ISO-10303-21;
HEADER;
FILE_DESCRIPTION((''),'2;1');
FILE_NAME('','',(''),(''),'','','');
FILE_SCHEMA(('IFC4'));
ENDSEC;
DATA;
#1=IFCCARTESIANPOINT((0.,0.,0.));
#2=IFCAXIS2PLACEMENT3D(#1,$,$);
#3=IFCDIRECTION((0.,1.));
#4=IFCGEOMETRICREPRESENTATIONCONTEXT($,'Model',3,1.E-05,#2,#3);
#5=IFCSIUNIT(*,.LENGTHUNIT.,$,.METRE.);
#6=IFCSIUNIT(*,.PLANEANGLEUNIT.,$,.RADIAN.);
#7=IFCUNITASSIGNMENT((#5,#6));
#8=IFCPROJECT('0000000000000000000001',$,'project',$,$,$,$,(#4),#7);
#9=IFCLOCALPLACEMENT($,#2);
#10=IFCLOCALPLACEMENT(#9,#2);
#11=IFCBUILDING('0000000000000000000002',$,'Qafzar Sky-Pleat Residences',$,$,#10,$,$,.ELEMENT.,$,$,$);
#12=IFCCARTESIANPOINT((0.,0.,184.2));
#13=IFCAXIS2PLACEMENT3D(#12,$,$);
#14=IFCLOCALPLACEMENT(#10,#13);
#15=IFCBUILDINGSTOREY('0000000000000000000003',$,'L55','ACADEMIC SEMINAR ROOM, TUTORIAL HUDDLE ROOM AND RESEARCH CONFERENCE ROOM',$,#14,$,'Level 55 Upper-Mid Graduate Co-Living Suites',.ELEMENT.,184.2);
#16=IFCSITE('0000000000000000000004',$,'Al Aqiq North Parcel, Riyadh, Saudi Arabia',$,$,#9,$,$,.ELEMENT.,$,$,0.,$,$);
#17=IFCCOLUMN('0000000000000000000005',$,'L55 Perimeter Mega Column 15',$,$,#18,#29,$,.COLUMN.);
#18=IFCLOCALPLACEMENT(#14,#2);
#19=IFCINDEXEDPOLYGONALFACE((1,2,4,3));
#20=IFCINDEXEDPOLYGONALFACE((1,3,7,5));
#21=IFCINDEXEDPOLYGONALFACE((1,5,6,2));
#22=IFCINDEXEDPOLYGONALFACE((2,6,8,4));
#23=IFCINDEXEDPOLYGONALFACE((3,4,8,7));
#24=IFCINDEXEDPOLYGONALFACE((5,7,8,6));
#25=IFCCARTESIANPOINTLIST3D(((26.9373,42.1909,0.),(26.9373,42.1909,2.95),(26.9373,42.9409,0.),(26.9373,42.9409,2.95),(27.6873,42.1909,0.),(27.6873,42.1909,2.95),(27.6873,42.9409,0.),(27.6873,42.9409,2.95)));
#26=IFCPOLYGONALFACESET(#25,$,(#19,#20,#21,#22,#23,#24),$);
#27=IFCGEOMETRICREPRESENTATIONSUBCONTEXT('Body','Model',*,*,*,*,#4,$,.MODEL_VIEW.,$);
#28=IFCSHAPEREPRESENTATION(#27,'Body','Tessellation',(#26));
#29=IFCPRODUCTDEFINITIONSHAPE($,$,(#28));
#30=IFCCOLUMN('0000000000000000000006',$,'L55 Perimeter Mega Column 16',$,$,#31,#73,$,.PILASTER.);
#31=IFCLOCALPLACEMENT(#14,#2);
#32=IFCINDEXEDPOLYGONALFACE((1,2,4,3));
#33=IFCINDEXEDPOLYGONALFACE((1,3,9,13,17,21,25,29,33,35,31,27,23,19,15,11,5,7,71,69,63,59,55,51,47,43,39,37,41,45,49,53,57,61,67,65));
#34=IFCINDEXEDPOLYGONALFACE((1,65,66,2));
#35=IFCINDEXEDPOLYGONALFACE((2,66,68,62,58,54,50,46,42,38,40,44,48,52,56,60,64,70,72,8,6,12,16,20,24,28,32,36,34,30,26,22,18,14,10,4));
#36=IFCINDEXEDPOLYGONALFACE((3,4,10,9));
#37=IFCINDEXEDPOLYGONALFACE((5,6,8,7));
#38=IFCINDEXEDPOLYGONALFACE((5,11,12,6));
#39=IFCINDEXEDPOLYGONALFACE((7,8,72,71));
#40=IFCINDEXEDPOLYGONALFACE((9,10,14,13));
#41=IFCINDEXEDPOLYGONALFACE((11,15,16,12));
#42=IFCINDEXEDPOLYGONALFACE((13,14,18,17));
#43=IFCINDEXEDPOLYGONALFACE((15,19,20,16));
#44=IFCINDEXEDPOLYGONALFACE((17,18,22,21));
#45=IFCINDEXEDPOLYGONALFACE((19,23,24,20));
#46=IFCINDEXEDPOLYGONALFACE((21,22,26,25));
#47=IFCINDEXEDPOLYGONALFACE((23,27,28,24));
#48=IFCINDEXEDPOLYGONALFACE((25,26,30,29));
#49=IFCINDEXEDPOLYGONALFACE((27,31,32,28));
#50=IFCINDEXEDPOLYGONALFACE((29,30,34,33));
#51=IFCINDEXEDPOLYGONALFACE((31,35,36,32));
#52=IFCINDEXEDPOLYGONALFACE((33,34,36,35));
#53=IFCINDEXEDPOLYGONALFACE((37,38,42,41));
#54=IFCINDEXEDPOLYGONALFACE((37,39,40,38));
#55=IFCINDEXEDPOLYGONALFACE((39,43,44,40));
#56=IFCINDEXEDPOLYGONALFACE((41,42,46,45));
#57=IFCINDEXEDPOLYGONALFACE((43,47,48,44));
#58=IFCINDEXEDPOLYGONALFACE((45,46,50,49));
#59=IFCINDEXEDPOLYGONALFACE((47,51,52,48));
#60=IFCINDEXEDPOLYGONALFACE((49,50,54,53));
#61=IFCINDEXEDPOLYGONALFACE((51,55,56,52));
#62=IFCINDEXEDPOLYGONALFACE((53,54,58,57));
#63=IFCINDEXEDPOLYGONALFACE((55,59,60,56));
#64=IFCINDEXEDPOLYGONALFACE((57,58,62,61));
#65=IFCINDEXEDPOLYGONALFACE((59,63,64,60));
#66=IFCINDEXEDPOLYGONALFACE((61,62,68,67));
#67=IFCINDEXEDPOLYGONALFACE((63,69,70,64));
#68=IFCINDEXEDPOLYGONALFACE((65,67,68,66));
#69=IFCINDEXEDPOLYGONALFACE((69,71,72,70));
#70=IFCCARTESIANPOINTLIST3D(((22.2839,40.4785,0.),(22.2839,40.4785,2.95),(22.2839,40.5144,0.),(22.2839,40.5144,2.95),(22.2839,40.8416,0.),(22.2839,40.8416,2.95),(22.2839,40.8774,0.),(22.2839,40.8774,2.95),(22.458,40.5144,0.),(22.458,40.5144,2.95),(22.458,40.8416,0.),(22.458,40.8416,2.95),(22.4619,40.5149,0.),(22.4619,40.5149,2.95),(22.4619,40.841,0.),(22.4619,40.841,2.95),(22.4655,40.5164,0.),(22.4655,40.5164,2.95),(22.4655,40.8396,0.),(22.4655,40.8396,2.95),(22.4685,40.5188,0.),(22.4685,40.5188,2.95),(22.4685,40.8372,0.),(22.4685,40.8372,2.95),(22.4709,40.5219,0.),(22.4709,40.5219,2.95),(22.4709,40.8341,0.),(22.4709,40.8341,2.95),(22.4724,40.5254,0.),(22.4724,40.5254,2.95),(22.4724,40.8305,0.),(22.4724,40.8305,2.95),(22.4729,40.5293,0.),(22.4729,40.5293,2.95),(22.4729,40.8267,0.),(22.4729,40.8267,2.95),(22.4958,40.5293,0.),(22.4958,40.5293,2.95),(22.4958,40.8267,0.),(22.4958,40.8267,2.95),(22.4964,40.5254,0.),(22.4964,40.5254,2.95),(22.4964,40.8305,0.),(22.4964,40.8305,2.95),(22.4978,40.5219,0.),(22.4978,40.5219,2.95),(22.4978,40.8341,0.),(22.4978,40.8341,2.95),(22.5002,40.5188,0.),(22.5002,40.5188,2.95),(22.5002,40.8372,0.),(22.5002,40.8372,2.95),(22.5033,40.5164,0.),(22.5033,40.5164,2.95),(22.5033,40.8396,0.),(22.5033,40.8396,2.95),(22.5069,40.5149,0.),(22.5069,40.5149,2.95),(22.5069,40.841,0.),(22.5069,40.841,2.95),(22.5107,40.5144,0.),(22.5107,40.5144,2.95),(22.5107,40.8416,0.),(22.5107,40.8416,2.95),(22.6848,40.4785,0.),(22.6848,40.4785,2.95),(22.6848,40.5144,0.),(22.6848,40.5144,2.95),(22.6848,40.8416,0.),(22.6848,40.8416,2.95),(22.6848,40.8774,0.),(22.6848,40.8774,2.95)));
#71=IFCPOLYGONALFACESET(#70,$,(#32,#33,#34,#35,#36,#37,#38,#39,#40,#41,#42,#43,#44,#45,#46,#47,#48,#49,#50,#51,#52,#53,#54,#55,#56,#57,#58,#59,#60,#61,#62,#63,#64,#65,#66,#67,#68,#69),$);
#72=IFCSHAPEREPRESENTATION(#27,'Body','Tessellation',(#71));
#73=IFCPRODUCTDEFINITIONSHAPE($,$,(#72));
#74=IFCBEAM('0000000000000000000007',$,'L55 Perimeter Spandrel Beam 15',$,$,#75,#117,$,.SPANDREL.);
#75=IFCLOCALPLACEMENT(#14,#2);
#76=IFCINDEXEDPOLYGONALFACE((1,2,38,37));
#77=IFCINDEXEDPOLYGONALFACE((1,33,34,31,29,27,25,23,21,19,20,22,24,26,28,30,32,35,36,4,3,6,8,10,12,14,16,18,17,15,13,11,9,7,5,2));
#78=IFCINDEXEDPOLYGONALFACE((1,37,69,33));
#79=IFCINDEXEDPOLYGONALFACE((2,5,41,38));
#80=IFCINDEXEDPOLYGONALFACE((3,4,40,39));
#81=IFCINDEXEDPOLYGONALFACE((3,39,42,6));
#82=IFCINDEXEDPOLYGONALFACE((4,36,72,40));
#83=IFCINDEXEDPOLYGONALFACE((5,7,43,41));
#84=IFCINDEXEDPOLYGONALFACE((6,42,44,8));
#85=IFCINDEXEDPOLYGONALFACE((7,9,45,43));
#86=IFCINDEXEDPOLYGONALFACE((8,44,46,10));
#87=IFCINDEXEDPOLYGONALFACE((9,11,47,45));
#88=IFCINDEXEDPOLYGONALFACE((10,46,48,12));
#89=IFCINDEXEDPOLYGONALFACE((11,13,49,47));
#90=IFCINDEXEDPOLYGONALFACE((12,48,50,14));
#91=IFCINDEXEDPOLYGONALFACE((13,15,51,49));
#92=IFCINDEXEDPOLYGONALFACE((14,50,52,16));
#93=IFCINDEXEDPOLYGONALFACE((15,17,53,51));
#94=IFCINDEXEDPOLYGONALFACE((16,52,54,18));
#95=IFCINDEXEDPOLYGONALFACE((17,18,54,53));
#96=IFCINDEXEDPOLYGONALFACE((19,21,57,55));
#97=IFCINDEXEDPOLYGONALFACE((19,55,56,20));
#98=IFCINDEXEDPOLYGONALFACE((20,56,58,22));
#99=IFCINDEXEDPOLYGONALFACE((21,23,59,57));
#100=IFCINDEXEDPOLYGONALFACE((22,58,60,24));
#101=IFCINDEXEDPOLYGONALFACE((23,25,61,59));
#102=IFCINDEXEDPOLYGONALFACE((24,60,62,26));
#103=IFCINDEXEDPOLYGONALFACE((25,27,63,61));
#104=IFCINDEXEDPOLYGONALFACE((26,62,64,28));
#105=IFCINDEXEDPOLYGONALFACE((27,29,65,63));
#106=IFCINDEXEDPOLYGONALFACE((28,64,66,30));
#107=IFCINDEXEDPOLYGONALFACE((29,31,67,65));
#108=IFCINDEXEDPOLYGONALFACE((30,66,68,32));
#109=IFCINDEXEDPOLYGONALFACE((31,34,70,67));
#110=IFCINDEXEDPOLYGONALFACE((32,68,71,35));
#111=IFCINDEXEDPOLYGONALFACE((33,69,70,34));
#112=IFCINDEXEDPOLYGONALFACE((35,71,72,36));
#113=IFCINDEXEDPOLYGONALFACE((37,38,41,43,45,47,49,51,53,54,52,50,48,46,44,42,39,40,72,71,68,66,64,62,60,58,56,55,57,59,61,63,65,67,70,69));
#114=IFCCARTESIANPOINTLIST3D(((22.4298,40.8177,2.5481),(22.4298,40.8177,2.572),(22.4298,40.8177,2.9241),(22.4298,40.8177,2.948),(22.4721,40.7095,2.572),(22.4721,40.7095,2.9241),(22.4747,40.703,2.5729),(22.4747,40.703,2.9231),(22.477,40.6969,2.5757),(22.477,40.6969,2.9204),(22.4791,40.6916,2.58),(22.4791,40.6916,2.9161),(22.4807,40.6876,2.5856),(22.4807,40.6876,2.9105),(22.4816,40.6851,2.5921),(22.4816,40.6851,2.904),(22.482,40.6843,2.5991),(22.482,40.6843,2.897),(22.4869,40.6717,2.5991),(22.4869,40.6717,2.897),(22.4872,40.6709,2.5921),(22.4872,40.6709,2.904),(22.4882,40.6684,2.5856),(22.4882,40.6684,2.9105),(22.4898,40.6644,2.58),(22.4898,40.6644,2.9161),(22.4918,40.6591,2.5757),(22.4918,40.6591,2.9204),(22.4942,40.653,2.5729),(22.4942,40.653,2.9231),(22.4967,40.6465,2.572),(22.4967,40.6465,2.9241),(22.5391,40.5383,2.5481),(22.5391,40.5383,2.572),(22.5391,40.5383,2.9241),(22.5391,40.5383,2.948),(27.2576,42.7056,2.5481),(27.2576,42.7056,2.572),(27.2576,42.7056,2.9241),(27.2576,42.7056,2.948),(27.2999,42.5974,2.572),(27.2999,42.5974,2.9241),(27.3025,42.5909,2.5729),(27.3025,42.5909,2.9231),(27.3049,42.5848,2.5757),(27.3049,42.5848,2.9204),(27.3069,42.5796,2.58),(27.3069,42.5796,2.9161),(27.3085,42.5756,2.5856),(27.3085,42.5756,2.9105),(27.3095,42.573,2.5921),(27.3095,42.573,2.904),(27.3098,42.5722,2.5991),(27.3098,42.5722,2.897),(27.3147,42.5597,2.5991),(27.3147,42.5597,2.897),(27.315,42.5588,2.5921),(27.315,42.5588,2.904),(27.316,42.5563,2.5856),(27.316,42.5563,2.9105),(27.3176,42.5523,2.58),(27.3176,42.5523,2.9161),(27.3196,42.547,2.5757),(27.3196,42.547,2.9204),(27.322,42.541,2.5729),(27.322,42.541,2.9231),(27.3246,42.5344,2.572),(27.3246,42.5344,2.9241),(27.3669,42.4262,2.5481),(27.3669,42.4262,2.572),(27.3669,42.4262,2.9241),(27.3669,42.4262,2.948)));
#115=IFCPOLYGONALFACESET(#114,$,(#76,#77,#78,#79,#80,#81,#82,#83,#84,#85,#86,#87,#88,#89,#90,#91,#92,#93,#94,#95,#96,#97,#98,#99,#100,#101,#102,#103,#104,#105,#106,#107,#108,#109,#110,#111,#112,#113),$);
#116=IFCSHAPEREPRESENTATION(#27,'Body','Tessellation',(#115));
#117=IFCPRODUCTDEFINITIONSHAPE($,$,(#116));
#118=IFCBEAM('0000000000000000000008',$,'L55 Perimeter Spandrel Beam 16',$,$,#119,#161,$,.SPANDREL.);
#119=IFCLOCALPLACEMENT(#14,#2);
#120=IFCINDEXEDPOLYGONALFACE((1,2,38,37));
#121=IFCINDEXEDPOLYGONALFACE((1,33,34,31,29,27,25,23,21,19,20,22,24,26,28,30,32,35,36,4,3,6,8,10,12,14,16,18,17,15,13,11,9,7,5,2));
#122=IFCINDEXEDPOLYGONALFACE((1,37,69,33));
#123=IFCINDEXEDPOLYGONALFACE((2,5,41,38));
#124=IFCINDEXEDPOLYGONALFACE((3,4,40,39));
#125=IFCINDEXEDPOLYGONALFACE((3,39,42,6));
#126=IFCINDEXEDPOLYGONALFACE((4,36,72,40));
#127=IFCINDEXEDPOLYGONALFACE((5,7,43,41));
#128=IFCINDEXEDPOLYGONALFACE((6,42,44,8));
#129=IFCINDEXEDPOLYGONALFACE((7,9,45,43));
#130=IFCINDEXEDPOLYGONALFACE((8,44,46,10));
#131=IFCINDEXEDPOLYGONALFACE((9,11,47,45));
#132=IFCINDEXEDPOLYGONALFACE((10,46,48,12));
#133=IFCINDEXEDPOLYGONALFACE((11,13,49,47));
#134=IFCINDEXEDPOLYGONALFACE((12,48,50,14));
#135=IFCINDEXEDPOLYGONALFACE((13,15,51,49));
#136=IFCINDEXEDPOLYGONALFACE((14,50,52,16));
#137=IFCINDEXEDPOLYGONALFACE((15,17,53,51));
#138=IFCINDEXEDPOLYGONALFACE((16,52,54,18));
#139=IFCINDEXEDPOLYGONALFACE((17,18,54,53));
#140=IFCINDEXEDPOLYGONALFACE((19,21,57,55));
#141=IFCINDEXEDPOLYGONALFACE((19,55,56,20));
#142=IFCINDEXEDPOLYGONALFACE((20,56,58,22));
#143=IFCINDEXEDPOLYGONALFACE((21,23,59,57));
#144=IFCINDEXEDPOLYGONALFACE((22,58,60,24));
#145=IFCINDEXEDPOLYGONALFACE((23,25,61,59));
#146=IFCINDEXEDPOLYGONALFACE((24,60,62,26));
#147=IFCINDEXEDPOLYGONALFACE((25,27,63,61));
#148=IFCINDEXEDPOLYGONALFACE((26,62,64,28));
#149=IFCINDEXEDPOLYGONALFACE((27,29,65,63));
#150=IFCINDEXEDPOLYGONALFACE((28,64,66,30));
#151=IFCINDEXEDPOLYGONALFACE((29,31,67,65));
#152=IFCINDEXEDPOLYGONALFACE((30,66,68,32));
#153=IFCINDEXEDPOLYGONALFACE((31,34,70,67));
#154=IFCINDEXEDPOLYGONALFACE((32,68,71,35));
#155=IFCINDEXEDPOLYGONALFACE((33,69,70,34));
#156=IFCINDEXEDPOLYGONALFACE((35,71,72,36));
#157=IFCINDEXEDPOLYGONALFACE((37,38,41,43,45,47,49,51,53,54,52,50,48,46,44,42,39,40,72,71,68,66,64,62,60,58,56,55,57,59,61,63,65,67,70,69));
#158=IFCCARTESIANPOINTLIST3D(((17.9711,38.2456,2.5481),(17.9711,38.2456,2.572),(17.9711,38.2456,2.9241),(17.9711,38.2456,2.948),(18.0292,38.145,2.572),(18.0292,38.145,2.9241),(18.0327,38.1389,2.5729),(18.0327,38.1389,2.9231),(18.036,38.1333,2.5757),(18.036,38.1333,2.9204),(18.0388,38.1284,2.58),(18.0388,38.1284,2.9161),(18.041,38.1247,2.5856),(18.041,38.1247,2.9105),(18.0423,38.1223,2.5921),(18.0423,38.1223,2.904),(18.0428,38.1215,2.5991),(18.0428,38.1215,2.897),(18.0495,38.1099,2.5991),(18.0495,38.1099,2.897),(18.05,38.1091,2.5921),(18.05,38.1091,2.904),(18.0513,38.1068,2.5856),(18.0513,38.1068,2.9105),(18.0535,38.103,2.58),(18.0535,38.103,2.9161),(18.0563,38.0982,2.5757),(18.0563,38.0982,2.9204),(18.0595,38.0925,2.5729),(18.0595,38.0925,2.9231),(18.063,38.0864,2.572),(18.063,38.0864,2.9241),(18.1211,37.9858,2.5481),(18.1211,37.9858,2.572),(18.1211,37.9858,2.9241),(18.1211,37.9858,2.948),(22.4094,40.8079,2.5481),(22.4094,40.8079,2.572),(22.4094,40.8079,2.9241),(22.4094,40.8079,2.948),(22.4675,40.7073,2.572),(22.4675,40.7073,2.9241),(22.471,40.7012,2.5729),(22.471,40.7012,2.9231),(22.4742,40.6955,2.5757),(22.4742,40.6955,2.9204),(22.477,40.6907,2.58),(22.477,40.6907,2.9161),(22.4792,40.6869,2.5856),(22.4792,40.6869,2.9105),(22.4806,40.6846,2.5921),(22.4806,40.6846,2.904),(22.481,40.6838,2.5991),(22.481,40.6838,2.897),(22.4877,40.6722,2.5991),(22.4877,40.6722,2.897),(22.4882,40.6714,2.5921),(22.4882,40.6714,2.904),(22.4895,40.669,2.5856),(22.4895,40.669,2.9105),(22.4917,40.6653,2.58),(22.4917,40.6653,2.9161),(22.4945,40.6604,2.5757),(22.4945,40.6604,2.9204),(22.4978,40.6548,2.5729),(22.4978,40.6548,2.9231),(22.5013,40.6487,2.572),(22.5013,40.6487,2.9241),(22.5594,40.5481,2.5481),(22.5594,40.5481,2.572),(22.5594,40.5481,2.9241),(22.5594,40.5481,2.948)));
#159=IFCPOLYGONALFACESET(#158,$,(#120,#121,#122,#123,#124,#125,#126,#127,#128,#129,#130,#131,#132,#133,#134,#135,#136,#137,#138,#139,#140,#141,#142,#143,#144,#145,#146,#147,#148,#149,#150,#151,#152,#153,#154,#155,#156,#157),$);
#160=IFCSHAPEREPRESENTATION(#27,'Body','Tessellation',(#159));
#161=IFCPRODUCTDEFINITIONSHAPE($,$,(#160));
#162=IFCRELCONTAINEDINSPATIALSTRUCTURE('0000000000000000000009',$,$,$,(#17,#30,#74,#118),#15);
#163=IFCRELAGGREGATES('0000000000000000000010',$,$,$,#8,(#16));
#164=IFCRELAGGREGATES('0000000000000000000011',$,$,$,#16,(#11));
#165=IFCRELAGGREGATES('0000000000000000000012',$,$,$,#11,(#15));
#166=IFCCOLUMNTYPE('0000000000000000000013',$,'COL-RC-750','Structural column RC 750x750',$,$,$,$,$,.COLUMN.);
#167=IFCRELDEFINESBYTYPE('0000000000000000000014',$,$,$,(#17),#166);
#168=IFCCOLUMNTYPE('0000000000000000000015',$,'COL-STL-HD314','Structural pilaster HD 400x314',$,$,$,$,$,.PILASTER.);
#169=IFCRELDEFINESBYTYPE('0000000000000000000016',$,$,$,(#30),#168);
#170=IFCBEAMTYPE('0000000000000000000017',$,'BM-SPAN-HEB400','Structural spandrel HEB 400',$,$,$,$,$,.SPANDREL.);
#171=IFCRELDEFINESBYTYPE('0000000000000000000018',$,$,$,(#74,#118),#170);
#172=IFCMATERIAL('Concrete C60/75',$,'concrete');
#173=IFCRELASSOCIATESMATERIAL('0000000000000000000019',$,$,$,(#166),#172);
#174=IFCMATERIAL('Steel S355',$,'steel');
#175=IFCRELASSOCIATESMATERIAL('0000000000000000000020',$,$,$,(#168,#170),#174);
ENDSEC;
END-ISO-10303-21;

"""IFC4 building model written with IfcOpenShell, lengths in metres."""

from ifc_helpers import new_model, si_unit, direction, frame, origin, origin_2d, place, context, subcontext, project, spatial, rectangle, i_section, extrude, source, transform, mapped, material, material_profile, profile_set, type_object, element, save


model = new_model("IFC4")

# Units and contexts
model_context = context("Model", 3, precision=1e-05, world=origin(), true_north=direction((0.0, 1.0)))
body_context = subcontext(model_context, "Body", "Model", "MODEL_VIEW")
ifc_project = project(units=[si_unit("LENGTHUNIT", "METRE"), si_unit("PLANEANGLEUNIT", "RADIAN")], contexts=[model_context])

# Site, building, storey
site_placement = place(None, origin())
site = spatial("IfcSite", under=ifc_project, at=site_placement, Name="Al Aqiq North Parcel, Riyadh, Saudi Arabia", CompositionType="ELEMENT", RefElevation=0.0)
building_placement = place(site_placement, origin())
building = spatial("IfcBuilding", under=site, at=building_placement, Name="Qafzar Sky-Pleat Residences", CompositionType="ELEMENT")
storey_placement = place(building_placement, frame((0.0, 0.0, 184.2)))
storey = spatial("IfcBuildingStorey", under=building, at=storey_placement, Name="L55", Description="ACADEMIC SEMINAR ROOM, TUTORIAL HUDDLE ROOM AND RESEARCH CONFERENCE ROOM", LongName="Level 55 Upper-Mid Graduate Co-Living Suites", CompositionType="ELEMENT", Elevation=184.2)

# Columns
ifc_material_1 = material(Name="Concrete C60/75", Category="concrete")
ifc_material_profile_1 = material_profile(ifc_material_1, rectangle(XDim=0.75, YDim=0.75, at=origin_2d()), Name="RC 750x750")
ifc_profile_set_1 = profile_set([ifc_material_profile_1], Name="Concrete C60/75")
column_type_1 = type_object("IfcColumnType", Name="COL-RC-750", Description="Structural column RC 750x750", PredefinedType="COLUMN", material=ifc_profile_set_1)
shared_shape_1 = source(origin(), body_context, "Body", "SweptSolid", [
    extrude(rectangle(XDim=0.75, YDim=0.75, at=origin_2d()), origin(), (0.0, 0.0, 1.0), 2.95),
])
column_1_placement = place(storey_placement, frame((27.3123, 42.5659, 0.0), z_axis=(0.0, 0.0, 1.0), x_axis=(1.0, 0.0, 0.0)))
element("IfcColumn", 1, at=column_1_placement, inside=storey, type_object=column_type_1, Name="L55 Perimeter Mega Column 15", PredefinedType="COLUMN", context=body_context, shape_type="MappedRepresentation", body=[
    mapped(shared_shape_1, transform((0.0, 0.0, 0.0), x_axis=(1.0, 0.0, 0.0), y_axis=(0.0, 1.0, 0.0), z_axis=(0.0, 0.0, 1.0), scale=1.0)),
])
ifc_material_2 = material(Name="Steel S355", Category="steel")
ifc_material_profile_2 = material_profile(ifc_material_2, i_section(OverallWidth=0.4009, OverallDepth=0.3989, WebThickness=0.0229, FlangeThickness=0.0359, FilletRadius=0.0149, at=origin_2d()), Name="HD 400x314")
ifc_profile_set_2 = profile_set([ifc_material_profile_2], Name="Steel S355")
column_type_2 = type_object("IfcColumnType", Name="COL-STL-HD314", Description="Structural pilaster HD 400x314", PredefinedType="PILASTER", material=ifc_profile_set_2)
shared_shape_2 = source(origin(), body_context, "Body", "SweptSolid", [
    extrude(i_section(OverallWidth=0.4009, OverallDepth=0.3989, WebThickness=0.0229, FlangeThickness=0.0359, FilletRadius=0.0149, at=origin_2d()), origin(), (0.0, 0.0, 1.0), 2.95),
])
column_2_placement = place(storey_placement, frame((22.4844, 40.678, 0.0), z_axis=(0.0, 0.0, 1.0), x_axis=(1.0, 0.0, 0.0)))
element("IfcColumn", 2, at=column_2_placement, inside=storey, type_object=column_type_2, Name="L55 Perimeter Mega Column 16", PredefinedType="PILASTER", context=body_context, shape_type="MappedRepresentation", body=[
    mapped(shared_shape_2, transform((0.0, 0.0, 0.0), x_axis=(1.0, 0.0, 0.0), y_axis=(0.0, 1.0, 0.0), z_axis=(0.0, 0.0, 1.0), scale=1.0)),
])

# Beams
ifc_material_profile_3 = material_profile(ifc_material_2, i_section(OverallWidth=0.3, OverallDepth=0.3999, WebThickness=0.0134, FlangeThickness=0.0239, FilletRadius=0.0271, at=origin_2d()), Name="HEB 400")
ifc_profile_set_3 = profile_set([ifc_material_profile_3], Name="Steel S355")
beam_type_1 = type_object("IfcBeamType", Name="BM-SPAN-HEB400", Description="Structural spandrel HEB 400", PredefinedType="SPANDREL", material=ifc_profile_set_3)
shared_shape_3 = source(origin(), body_context, "Body", "SweptSolid", [
    extrude(i_section(OverallWidth=0.3, OverallDepth=0.3999, WebThickness=0.0134, FlangeThickness=0.0239, FilletRadius=0.0271, at=origin_2d()), origin(), (0.0, 0.0, 1.0), 5.1838),
])
beam_1_placement = place(storey_placement, frame((27.3123, 42.5659, 2.748), z_axis=(-0.931323, -0.364193, 0.0), x_axis=(0.364193, -0.931323, 0.0)))
element("IfcBeam", 3, at=beam_1_placement, inside=storey, type_object=beam_type_1, Name="L55 Perimeter Spandrel Beam 15", PredefinedType="SPANDREL", context=body_context, shape_type="MappedRepresentation", body=[
    mapped(shared_shape_3, transform((0.0, 0.0, 0.0), x_axis=(1.0, 0.0, 0.0), y_axis=(0.0, 1.0, 0.0), z_axis=(0.0, 0.0, 1.0), scale=1.0)),
])
shared_shape_4 = source(origin(), body_context, "Body", "SweptSolid", [
    extrude(i_section(OverallWidth=0.3, OverallDepth=0.3999, WebThickness=0.0134, FlangeThickness=0.0239, FilletRadius=0.0271, at=origin_2d()), origin(), (0.0, 0.0, 1.0), 5.1248),
])
beam_2_placement = place(storey_placement, frame((22.4844, 40.678, 2.748), z_axis=(-0.866039, -0.499977, 0.0), x_axis=(0.499977, -0.866039, 0.0)))
element("IfcBeam", 4, at=beam_2_placement, inside=storey, type_object=beam_type_1, Name="L55 Perimeter Spandrel Beam 16", PredefinedType="SPANDREL", context=body_context, shape_type="MappedRepresentation", body=[
    mapped(shared_shape_4, transform((0.0, 0.0, 0.0), x_axis=(1.0, 0.0, 0.0), y_axis=(0.0, 1.0, 0.0), z_axis=(0.0, 0.0, 1.0), scale=1.0)),
])

save(model, "model.ifc")
